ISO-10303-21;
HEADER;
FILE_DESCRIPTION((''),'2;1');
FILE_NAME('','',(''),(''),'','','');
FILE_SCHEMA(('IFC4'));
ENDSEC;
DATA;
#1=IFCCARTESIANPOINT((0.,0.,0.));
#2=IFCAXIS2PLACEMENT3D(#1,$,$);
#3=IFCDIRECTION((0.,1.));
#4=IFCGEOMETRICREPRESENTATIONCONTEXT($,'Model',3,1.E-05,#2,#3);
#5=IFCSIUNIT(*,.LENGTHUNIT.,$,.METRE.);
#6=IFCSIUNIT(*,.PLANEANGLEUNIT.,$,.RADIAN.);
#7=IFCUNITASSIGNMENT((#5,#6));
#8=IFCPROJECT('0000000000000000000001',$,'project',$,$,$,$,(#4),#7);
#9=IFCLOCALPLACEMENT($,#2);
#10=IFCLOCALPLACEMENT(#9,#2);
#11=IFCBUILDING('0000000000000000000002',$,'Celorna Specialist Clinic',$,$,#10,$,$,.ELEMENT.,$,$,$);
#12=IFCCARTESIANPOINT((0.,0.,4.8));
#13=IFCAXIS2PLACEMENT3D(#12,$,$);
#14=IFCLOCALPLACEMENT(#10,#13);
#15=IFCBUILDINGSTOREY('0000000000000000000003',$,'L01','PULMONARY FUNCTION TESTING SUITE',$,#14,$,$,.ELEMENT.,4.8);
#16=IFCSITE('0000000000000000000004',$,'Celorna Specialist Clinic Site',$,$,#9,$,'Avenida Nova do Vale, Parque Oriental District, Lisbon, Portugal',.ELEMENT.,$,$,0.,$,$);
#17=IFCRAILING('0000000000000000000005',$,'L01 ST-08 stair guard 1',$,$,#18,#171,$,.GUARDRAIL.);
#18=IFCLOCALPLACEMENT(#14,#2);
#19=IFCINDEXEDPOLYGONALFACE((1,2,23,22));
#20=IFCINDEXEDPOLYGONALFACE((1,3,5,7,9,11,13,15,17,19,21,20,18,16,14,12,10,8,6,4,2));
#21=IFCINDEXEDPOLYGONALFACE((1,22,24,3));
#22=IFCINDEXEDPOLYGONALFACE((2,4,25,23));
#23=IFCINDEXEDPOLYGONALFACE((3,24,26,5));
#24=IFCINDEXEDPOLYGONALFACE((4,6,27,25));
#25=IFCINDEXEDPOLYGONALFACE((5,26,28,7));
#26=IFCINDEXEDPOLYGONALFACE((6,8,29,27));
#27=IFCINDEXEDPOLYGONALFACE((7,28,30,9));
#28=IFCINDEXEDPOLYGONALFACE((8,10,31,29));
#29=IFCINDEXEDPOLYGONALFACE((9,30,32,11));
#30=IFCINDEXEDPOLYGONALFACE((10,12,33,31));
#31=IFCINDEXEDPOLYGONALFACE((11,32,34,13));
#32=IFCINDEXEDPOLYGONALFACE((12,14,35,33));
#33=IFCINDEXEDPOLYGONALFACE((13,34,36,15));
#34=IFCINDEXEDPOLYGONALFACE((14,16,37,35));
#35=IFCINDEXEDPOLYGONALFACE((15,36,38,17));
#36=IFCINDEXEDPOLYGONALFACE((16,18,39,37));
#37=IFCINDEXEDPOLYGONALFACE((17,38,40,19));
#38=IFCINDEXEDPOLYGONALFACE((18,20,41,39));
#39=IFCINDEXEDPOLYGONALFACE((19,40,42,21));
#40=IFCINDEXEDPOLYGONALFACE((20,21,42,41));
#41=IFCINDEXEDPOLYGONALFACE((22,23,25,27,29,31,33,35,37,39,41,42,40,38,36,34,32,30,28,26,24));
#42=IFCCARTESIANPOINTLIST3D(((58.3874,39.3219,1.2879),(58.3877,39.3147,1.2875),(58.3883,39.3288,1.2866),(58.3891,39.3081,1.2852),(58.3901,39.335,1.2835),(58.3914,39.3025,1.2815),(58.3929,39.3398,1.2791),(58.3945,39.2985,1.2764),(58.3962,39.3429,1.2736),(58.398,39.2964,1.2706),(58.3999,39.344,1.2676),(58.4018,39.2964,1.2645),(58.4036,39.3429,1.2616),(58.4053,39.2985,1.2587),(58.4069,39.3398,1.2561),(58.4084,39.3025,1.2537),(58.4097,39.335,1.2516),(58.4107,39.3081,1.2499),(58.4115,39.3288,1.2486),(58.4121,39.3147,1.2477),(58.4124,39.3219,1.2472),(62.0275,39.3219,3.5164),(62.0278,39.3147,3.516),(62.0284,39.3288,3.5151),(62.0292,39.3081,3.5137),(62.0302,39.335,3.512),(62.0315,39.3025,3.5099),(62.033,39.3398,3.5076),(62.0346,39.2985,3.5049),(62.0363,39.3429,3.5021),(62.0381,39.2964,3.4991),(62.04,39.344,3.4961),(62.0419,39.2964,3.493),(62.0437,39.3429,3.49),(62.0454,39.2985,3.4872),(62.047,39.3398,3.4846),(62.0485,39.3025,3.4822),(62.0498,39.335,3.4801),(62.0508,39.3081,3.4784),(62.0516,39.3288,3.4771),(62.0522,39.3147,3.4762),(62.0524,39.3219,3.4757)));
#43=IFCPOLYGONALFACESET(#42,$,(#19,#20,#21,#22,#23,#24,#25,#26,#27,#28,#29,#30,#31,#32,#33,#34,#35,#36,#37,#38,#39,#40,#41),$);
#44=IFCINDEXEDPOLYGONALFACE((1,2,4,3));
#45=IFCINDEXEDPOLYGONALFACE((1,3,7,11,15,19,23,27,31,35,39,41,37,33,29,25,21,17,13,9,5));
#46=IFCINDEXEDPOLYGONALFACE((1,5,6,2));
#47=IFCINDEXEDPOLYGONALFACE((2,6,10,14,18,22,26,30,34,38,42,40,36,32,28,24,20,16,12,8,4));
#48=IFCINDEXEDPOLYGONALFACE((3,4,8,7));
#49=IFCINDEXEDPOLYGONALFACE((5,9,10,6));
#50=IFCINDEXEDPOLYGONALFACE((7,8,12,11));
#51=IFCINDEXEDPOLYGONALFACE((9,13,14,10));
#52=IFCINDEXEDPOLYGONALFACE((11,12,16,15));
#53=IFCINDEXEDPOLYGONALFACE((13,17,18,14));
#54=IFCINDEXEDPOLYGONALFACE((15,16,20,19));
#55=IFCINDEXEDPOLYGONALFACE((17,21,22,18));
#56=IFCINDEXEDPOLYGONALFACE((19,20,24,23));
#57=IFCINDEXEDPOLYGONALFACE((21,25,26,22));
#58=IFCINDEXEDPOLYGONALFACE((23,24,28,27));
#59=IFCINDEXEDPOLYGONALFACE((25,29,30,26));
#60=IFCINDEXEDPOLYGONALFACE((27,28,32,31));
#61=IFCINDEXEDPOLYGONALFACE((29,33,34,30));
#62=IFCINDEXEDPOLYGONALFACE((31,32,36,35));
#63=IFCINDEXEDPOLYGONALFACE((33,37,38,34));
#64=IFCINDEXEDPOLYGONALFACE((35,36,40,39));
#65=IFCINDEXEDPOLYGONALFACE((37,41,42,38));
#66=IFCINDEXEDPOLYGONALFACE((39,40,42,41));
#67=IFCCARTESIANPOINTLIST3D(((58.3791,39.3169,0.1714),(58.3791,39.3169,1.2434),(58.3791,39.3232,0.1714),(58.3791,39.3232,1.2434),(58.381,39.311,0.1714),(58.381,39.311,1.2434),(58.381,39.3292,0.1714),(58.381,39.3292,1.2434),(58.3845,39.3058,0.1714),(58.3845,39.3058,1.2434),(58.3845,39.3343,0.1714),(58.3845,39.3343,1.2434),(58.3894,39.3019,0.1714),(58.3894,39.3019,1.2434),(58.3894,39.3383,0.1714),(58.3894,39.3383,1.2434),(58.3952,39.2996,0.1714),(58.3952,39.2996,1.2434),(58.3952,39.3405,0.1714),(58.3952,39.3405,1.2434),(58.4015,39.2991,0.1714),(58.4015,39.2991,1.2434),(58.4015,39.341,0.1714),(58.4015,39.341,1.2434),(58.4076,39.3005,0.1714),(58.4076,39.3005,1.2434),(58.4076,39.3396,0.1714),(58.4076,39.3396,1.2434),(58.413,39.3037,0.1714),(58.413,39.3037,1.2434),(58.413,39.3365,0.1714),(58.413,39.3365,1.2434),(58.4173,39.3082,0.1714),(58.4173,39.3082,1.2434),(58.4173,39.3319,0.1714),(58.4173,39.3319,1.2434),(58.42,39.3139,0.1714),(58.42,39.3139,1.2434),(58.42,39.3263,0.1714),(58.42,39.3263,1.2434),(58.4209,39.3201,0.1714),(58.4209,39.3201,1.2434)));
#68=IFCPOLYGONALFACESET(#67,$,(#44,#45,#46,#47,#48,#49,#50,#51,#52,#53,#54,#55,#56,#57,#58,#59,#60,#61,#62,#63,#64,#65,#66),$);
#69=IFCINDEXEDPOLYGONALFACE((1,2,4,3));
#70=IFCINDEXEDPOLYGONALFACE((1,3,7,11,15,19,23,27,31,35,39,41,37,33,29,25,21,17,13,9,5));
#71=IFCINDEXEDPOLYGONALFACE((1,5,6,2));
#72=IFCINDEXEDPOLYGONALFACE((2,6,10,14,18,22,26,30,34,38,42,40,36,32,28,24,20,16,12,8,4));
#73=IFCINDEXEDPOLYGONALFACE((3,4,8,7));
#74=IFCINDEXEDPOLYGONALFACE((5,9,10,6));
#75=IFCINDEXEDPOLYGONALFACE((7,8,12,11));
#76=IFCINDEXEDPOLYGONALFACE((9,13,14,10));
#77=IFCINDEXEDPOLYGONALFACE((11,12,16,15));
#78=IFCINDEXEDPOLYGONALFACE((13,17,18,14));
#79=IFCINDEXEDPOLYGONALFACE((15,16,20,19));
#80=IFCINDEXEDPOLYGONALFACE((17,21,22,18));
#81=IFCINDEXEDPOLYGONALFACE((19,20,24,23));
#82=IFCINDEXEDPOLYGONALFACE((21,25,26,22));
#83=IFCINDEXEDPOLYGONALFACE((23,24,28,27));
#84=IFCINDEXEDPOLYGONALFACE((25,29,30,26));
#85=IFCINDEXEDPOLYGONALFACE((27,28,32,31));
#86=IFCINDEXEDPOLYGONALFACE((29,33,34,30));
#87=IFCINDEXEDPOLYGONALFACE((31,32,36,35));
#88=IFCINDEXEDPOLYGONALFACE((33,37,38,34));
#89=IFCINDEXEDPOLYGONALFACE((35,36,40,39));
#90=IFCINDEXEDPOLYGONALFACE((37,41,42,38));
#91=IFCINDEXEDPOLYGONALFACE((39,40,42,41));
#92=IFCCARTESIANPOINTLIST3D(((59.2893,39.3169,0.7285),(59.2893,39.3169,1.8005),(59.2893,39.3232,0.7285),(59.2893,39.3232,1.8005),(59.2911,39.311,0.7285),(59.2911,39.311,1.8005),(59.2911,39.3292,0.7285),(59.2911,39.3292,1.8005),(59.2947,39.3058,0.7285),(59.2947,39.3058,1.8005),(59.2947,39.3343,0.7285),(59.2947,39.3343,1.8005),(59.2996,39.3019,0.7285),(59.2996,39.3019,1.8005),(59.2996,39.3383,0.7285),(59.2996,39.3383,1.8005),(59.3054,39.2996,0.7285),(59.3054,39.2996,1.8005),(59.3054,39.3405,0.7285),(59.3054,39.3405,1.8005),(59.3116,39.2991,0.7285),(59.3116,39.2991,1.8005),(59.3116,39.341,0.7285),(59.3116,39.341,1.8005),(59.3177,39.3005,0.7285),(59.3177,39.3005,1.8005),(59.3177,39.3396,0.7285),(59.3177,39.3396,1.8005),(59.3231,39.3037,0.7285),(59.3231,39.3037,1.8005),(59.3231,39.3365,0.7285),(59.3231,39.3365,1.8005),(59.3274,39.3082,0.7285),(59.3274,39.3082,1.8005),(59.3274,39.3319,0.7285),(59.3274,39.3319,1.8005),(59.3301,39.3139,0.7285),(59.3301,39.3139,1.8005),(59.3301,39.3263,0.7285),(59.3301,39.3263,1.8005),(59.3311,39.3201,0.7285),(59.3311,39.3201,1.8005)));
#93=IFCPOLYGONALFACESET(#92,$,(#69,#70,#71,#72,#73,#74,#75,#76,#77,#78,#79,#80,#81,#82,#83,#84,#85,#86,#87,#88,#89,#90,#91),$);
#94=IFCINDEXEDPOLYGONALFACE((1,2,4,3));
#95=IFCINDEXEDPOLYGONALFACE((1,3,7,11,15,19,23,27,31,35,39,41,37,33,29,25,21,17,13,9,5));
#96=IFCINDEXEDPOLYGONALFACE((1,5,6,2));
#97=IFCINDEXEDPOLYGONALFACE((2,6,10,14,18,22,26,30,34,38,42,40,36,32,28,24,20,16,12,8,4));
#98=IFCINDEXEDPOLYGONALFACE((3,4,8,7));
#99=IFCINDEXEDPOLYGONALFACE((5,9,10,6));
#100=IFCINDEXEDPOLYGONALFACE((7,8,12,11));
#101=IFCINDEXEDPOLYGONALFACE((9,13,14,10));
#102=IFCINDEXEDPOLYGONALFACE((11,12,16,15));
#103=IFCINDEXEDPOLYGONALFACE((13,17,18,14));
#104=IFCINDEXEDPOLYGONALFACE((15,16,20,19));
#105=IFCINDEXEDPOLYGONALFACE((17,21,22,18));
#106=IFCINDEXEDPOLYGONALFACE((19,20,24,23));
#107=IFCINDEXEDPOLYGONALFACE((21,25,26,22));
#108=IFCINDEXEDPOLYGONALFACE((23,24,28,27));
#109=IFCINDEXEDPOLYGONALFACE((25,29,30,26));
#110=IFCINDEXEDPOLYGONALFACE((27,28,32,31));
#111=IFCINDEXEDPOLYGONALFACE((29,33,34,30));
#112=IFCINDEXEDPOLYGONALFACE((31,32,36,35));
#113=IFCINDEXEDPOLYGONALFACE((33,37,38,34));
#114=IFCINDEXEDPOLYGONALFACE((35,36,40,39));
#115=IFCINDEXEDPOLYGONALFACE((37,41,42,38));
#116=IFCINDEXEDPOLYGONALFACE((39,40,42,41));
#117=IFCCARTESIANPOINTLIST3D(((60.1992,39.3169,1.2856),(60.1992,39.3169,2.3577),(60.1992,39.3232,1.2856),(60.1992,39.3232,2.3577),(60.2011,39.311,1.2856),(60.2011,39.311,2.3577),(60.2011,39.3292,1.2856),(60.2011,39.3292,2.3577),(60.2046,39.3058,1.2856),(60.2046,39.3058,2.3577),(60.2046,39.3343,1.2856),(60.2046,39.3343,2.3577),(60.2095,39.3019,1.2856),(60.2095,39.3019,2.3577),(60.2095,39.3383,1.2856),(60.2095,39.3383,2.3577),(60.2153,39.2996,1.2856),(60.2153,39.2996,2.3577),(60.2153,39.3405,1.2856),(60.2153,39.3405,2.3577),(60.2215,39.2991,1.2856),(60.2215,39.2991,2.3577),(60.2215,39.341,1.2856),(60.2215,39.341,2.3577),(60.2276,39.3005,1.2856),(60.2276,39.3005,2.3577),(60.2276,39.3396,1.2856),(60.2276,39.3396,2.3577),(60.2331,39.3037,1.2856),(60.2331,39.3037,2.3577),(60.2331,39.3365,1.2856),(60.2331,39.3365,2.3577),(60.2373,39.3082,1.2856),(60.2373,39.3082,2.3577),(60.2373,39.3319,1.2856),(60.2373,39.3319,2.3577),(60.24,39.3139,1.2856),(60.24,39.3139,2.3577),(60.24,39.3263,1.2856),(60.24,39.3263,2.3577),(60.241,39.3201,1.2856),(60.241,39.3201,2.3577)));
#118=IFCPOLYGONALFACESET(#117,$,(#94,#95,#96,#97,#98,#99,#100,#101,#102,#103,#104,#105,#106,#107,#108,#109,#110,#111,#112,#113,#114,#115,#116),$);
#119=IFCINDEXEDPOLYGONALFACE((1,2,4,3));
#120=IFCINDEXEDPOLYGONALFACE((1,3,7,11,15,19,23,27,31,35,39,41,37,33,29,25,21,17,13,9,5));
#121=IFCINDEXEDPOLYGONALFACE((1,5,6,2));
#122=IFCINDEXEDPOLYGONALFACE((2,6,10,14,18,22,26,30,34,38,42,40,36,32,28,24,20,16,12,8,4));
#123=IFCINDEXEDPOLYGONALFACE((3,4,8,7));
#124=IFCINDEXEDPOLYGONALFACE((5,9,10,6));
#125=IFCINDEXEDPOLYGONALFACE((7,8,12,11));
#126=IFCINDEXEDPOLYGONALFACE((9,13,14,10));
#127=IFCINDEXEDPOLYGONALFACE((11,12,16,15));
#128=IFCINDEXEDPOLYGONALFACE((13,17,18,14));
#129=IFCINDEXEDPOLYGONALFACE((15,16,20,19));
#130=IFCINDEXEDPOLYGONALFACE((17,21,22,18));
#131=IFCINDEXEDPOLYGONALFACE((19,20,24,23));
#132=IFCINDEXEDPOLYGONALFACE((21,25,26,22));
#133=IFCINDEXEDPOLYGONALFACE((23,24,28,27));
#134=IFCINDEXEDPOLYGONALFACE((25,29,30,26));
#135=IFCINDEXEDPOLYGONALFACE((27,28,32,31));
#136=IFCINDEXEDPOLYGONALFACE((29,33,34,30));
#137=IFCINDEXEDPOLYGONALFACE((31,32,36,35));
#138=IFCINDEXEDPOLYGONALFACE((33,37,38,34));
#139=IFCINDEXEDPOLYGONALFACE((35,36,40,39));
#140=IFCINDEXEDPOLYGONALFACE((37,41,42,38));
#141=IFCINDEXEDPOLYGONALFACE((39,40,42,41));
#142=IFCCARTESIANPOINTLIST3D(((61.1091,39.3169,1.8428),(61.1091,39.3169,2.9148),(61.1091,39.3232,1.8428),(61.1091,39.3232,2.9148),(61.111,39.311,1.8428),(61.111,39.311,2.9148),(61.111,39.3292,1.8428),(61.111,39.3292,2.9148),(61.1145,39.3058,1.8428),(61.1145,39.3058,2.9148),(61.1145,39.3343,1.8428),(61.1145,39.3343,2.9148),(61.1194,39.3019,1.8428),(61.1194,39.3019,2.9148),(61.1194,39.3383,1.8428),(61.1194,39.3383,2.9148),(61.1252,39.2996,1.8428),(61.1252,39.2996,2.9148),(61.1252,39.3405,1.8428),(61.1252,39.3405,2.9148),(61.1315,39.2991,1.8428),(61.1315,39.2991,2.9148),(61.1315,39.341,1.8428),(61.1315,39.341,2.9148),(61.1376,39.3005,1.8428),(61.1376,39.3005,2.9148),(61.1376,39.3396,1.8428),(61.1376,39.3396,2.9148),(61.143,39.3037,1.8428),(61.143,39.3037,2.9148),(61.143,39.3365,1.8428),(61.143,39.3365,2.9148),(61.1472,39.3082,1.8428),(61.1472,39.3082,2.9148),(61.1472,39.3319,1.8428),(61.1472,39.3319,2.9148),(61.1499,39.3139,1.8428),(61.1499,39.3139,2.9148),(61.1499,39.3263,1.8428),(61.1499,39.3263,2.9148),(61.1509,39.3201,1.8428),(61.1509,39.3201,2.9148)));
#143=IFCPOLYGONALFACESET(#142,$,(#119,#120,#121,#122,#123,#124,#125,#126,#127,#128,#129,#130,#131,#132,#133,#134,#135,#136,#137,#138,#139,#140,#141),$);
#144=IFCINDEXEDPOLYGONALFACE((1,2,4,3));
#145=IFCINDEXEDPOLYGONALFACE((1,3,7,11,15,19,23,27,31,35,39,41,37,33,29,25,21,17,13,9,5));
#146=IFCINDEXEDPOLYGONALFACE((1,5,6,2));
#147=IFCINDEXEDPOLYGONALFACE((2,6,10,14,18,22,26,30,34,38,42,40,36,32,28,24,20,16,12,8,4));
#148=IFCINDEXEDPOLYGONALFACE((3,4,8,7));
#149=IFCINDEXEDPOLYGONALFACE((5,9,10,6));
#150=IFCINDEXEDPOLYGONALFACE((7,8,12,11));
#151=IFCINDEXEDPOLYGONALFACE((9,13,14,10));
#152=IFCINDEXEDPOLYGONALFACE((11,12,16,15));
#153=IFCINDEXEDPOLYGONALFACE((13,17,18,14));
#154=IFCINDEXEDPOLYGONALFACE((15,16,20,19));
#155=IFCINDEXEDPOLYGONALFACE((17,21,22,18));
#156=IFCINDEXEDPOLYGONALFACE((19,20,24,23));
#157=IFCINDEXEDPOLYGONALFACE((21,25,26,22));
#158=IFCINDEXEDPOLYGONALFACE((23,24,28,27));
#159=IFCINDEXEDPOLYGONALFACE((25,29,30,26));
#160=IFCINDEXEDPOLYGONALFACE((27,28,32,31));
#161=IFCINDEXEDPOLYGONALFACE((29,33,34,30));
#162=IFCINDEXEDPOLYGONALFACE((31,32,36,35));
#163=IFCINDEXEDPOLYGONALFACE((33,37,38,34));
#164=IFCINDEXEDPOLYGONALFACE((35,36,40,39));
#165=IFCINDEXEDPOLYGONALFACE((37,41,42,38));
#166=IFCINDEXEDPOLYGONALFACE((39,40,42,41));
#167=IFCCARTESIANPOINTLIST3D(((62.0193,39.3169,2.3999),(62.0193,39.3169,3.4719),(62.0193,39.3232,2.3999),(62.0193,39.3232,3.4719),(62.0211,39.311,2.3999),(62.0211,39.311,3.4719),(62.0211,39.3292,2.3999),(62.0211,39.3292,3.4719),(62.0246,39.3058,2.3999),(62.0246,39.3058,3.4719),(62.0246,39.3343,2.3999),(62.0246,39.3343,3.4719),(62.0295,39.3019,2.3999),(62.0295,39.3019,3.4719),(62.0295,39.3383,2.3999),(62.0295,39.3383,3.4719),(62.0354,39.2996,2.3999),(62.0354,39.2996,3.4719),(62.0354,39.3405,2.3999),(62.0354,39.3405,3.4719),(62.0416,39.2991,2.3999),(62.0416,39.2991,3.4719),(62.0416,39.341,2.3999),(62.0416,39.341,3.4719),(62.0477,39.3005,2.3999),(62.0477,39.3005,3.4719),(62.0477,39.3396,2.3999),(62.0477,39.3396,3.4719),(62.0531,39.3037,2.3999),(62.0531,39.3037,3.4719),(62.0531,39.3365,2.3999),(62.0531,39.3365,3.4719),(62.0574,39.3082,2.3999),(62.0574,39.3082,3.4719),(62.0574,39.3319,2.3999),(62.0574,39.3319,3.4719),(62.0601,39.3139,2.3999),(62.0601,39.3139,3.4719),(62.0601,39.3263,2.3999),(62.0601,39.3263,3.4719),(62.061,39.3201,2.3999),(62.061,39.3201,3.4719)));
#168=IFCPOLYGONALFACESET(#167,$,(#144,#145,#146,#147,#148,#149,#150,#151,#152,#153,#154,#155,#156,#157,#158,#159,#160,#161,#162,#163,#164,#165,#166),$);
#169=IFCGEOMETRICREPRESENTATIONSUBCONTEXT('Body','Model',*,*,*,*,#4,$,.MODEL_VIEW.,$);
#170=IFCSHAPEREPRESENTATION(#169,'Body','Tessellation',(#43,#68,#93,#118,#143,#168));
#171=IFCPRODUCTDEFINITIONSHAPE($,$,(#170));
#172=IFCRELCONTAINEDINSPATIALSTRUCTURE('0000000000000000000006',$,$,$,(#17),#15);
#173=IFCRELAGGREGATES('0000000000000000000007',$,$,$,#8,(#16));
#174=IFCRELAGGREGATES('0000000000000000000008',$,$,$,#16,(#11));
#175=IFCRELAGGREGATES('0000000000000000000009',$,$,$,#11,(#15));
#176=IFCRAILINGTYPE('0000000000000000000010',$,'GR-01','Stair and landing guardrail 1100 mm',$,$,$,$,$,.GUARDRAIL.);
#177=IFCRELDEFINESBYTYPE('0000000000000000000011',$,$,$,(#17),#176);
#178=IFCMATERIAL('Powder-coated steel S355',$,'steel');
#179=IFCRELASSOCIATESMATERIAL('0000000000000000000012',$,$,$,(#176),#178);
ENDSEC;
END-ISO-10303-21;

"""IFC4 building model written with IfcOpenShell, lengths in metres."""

from ifc_helpers import new_model, si_unit, direction, frame, origin, origin_2d, place, context, subcontext, project, spatial, circle, extrude, material, type_object, element, save


model = new_model("IFC4")

# Units and contexts
model_context = context("Model", 3, precision=1e-05, world=origin(), true_north=direction((0.0, 1.0)))
body_context = subcontext(model_context, "Body", "Model", "MODEL_VIEW")
ifc_project = project(units=[si_unit("LENGTHUNIT", "METRE"), si_unit("PLANEANGLEUNIT", "RADIAN")], contexts=[model_context])

# Site, building, storey
site_placement = place(None, origin())
site = spatial("IfcSite", under=ifc_project, at=site_placement, Name="Celorna Specialist Clinic Site", LongName="Avenida Nova do Vale, Parque Oriental District, Lisbon, Portugal", CompositionType="ELEMENT", RefElevation=0.0)
building_placement = place(site_placement, origin())
building = spatial("IfcBuilding", under=site, at=building_placement, Name="Celorna Specialist Clinic", CompositionType="ELEMENT")
storey_placement = place(building_placement, frame((0.0, 0.0, 4.8)))
storey = spatial("IfcBuildingStorey", under=building, at=storey_placement, Name="L01", Description="PULMONARY FUNCTION TESTING SUITE", CompositionType="ELEMENT", Elevation=4.8)

# Railing
ifc_material_1 = material(Name="Powder-coated steel S355", Category="steel")
railing_type_1 = type_object("IfcRailingType", Name="GR-01", Description="Stair and landing guardrail 1100 mm", PredefinedType="GUARDRAIL", material=ifc_material_1)
railing_1_placement = place(storey_placement, frame((58.3999, 39.3201, 0.1714)))
element("IfcRailing", 1, at=railing_1_placement, inside=storey, type_object=railing_type_1, Name="L01 ST-08 stair guard 1", PredefinedType="GUARDRAIL", context=body_context, shape_type="SweptSolid", body=[
    extrude(circle(Radius=0.0239, at=origin_2d()), frame((0.0, 0.0, 1.0962), z_axis=(0.852866, 0.0, 0.52213), x_axis=(0.0, 1.0, 0.0)), (0.0, 0.0, 1.0), 4.2681),
    extrude(circle(Radius=0.021, at=origin_2d()), origin(), (0.0, 0.0, 1.0), 1.072),
    extrude(circle(Radius=0.021, at=origin_2d()), frame((0.9102, 0.0, 0.5571)), (0.0, 0.0, 1.0), 1.072),
    extrude(circle(Radius=0.021, at=origin_2d()), frame((1.8201, 0.0, 1.1143)), (0.0, 0.0, 1.0), 1.072),
    extrude(circle(Radius=0.021, at=origin_2d()), frame((2.73, 0.0, 1.6714)), (0.0, 0.0, 1.0), 1.072),
    extrude(circle(Radius=0.021, at=origin_2d()), frame((3.6401, 0.0, 2.2285)), (0.0, 0.0, 1.0), 1.072),
])

save(model, "model.ifc")
